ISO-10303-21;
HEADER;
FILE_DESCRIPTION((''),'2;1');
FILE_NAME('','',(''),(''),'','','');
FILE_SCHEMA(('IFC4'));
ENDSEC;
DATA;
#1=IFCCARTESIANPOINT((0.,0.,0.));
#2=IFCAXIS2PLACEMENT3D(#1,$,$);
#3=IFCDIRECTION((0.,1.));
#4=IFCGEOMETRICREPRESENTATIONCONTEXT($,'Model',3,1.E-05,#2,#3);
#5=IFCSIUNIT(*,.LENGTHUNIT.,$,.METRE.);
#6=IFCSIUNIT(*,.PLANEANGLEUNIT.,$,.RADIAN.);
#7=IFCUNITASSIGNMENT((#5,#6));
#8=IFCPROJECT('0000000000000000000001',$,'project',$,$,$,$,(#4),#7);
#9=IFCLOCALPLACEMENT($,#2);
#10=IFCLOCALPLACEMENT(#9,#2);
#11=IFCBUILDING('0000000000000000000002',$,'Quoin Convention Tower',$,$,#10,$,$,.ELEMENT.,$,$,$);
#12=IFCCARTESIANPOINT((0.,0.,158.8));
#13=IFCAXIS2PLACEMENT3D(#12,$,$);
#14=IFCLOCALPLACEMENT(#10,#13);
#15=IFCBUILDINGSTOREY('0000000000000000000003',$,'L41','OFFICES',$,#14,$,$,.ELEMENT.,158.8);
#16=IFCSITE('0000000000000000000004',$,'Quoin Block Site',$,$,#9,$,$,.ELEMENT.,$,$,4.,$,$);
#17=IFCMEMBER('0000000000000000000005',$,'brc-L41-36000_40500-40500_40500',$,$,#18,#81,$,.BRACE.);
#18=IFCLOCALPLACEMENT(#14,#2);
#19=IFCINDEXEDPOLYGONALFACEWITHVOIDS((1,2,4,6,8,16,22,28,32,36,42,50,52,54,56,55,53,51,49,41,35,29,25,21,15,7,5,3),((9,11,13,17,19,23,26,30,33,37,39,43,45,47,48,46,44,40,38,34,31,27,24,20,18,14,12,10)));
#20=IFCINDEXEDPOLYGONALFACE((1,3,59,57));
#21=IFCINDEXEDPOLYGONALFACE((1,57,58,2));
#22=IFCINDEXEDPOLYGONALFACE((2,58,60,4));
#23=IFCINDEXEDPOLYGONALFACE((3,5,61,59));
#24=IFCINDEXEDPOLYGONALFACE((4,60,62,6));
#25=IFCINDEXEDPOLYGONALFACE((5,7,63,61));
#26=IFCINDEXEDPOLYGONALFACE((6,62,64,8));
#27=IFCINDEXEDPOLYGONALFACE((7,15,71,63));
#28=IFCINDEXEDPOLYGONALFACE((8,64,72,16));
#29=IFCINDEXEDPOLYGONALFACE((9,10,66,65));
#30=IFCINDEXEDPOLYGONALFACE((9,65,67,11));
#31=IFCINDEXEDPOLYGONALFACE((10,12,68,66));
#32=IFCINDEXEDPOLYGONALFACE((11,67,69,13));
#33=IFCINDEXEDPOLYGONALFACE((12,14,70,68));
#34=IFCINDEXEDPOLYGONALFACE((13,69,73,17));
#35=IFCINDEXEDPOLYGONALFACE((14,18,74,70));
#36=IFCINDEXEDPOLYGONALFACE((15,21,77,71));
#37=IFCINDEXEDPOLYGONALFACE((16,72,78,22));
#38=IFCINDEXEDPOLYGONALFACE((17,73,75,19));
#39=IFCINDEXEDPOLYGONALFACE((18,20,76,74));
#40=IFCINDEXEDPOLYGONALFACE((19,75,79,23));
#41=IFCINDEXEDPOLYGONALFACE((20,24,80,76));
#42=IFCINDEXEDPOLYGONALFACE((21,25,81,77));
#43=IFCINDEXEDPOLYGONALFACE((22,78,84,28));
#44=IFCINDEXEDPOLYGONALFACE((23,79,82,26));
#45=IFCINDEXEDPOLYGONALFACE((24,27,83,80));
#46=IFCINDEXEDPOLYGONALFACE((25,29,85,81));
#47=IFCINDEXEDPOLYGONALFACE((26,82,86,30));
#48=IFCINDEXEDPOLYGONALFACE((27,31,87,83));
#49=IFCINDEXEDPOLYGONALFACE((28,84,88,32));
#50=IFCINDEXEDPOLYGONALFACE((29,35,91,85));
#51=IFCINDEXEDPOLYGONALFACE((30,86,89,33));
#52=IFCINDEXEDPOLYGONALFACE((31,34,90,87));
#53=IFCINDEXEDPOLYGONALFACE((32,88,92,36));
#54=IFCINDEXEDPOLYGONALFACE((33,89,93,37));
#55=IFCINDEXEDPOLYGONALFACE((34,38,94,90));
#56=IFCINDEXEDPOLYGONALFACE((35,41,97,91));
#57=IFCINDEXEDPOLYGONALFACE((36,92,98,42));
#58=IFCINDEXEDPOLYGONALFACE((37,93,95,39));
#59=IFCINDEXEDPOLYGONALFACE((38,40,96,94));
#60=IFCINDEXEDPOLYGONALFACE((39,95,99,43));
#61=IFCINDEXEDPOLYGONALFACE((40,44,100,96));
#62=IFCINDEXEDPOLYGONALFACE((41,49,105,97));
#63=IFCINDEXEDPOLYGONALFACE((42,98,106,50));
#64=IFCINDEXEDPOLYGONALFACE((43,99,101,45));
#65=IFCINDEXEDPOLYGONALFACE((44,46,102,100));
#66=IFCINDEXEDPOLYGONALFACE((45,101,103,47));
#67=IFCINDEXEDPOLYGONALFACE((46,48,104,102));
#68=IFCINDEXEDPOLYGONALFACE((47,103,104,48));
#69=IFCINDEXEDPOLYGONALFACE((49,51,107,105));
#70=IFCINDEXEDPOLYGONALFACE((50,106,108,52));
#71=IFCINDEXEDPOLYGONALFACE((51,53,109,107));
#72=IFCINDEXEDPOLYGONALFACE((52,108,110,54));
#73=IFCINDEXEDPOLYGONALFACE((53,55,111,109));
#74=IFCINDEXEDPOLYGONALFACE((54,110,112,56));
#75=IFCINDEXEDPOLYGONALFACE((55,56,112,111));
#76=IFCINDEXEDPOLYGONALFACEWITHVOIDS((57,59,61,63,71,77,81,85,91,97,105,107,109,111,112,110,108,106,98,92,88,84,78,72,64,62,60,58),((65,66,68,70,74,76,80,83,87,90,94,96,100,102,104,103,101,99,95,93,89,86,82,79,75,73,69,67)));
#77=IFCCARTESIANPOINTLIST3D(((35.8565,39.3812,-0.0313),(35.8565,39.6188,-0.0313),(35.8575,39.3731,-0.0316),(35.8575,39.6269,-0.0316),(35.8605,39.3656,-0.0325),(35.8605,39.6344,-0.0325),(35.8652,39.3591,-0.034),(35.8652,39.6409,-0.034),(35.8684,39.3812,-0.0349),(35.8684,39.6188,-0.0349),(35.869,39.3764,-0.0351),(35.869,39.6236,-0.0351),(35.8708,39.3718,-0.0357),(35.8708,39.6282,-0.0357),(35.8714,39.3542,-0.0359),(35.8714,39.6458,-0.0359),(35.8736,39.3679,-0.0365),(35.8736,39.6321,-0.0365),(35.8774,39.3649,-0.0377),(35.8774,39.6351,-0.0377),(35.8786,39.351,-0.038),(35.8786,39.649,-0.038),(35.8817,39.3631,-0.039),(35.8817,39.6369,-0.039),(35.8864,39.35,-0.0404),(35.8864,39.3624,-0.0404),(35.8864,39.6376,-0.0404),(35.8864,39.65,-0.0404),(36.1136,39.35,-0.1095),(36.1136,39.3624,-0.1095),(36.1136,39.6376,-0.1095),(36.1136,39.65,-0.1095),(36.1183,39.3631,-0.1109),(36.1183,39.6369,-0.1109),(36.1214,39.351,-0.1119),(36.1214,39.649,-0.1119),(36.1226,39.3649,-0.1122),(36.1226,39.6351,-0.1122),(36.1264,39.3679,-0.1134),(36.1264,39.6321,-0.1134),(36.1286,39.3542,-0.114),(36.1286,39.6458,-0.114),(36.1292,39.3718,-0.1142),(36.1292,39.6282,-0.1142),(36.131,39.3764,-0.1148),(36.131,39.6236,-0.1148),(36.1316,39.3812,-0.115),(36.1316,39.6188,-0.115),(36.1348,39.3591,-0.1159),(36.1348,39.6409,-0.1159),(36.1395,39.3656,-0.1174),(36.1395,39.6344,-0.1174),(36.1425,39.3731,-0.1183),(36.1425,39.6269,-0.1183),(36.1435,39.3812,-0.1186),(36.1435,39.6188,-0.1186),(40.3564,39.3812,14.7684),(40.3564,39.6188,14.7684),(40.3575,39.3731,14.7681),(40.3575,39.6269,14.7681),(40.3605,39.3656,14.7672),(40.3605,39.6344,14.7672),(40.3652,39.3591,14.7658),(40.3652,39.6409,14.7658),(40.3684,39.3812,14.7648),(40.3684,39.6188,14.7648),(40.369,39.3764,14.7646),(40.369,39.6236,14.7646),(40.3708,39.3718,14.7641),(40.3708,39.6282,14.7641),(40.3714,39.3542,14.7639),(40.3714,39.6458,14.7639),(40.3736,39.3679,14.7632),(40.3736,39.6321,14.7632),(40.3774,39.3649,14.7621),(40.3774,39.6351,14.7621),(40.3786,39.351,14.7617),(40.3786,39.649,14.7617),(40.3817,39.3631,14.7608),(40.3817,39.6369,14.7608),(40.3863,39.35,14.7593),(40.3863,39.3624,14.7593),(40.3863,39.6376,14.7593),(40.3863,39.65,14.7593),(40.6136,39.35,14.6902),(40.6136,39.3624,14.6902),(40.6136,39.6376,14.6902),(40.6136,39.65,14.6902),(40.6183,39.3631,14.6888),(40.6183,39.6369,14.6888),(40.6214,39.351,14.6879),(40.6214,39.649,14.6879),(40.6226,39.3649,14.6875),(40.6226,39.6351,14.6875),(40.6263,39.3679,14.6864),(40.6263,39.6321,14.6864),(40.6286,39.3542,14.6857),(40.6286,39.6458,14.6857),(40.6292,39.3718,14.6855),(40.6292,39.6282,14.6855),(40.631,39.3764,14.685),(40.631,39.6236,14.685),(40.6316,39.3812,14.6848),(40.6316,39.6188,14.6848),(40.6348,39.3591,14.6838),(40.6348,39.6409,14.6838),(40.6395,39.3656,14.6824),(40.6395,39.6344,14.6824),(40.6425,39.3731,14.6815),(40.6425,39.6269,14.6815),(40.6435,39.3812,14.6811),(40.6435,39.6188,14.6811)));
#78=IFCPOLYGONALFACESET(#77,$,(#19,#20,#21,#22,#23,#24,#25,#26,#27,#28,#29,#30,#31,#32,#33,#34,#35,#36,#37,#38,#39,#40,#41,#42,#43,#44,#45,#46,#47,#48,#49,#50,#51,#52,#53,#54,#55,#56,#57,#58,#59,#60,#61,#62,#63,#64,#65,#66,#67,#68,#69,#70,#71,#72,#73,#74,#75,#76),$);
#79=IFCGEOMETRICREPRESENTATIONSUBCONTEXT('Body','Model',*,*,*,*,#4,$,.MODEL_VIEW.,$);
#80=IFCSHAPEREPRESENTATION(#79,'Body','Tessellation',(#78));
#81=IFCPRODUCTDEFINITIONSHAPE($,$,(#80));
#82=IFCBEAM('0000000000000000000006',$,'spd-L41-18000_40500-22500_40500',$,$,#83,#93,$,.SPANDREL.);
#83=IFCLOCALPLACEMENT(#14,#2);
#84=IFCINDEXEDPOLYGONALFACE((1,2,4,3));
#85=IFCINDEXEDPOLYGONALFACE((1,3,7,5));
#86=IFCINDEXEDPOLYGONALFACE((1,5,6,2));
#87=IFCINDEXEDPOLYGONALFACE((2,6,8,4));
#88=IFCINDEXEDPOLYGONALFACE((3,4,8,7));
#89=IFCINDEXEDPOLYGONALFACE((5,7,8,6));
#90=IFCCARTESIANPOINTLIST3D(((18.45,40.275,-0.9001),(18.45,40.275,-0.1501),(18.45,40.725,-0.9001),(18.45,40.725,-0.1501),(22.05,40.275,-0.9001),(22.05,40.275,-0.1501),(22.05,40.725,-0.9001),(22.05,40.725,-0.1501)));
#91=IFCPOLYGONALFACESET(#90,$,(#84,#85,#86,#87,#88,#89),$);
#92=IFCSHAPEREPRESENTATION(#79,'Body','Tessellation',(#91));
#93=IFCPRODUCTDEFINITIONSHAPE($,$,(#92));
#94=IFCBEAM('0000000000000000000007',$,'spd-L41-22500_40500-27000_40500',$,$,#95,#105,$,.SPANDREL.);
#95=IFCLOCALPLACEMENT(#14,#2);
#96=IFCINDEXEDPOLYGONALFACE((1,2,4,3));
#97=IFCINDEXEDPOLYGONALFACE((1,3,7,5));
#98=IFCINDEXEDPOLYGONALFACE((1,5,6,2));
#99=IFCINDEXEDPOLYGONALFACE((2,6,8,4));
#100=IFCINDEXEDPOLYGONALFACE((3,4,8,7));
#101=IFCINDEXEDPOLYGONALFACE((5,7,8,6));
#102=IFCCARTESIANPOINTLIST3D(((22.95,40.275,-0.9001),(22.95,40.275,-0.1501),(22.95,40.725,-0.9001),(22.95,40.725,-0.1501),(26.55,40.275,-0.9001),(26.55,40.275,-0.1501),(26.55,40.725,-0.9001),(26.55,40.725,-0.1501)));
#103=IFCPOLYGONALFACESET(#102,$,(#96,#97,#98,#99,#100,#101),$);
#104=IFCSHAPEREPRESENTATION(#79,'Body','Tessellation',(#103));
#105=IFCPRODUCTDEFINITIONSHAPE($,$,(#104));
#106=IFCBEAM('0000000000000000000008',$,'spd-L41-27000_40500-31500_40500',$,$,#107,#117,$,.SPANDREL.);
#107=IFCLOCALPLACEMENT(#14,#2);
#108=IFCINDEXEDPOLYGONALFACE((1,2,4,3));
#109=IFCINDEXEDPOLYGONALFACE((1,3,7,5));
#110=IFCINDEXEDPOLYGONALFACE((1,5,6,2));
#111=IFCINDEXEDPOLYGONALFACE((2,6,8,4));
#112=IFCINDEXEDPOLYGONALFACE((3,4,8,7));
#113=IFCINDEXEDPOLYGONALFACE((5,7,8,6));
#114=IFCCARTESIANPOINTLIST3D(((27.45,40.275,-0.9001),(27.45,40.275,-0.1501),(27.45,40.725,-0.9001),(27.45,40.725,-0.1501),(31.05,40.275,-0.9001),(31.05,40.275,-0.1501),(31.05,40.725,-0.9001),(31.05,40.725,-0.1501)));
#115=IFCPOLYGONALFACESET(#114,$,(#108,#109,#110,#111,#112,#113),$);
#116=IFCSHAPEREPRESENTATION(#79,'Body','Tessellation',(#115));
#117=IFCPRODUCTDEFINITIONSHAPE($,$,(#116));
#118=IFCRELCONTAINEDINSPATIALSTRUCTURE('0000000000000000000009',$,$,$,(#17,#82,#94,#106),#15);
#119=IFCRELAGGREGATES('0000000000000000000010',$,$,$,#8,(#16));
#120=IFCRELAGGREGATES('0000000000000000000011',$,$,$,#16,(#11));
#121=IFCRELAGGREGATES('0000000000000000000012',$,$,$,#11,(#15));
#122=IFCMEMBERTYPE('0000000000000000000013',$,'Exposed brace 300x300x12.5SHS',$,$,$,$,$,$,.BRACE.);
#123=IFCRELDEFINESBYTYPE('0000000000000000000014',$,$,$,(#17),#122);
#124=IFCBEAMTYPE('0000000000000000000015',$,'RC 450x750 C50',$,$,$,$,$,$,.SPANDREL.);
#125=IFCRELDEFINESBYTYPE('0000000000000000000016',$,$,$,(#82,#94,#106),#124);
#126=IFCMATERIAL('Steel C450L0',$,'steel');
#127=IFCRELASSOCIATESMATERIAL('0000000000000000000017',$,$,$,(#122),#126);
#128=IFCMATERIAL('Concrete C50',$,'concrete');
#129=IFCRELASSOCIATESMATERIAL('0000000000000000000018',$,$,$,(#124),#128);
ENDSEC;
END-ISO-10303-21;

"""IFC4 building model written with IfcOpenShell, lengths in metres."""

from ifc_helpers import new_model, si_unit, direction, frame, origin, origin_2d, place, context, subcontext, project, spatial, rectangle, hollow_rectangle, extrude, material, material_profile, profile_set, type_object, element, save


model = new_model("IFC4")

# Units and contexts
model_context = context("Model", 3, precision=1e-05, world=origin(), true_north=direction((0.0, 1.0)))
body_context = subcontext(model_context, "Body", "Model", "MODEL_VIEW")
ifc_project = project(units=[si_unit("LENGTHUNIT", "METRE"), si_unit("PLANEANGLEUNIT", "RADIAN")], contexts=[model_context])

# Site, building, storey
site_placement = place(None, origin())
site = spatial("IfcSite", under=ifc_project, at=site_placement, Name="Quoin Block Site", CompositionType="ELEMENT", RefElevation=4.0)
building_placement = place(site_placement, origin())
building = spatial("IfcBuilding", under=site, at=building_placement, Name="Quoin Convention Tower", CompositionType="ELEMENT")
storey_placement = place(building_placement, frame((0.0, 0.0, 158.8)))
storey = spatial("IfcBuildingStorey", under=building, at=storey_placement, Name="L41", Description="OFFICES", CompositionType="ELEMENT", Elevation=158.8)

# Shared definitions
ifc_material_1 = material(Name="Concrete C50", Category="concrete")

# Member
ifc_material_2 = material(Name="Steel C450L0", Category="steel")
ifc_material_profile_1 = material_profile(ifc_material_2, hollow_rectangle(XDim=0.3, YDim=0.3, WallThickness=0.0125, InnerFilletRadius=0.0188, OuterFilletRadius=0.0312, at=origin_2d()), Name="300x300x12.5SHS")
ifc_profile_set_1 = profile_set([ifc_material_profile_1], Name="Steel C450L0")
member_type = type_object("IfcMemberType", Name="Exposed brace 300x300x12.5SHS", PredefinedType="BRACE", material=ifc_profile_set_1)
for number, where, z_axis, x_axis, name in (
    (1, (36.0, 39.5, -0.075), (0.290908, 0.0, 0.956751), (0.0, 1.0, 0.0), "brc-L41-36000_40500-40500_40500"),
):
    element("IfcMember", number, at=place(storey_placement, frame(where, z_axis=z_axis, x_axis=x_axis)), inside=storey, type_object=member_type, Name=name, PredefinedType="BRACE", context=body_context, shape_type="SweptSolid", body=[
        extrude(hollow_rectangle(XDim=0.3, YDim=0.3, WallThickness=0.0125, InnerFilletRadius=0.0188, OuterFilletRadius=0.0312, at=origin_2d()), origin(), (0.0, 0.0, 1.0), 15.4688),
    ])

# Beams
ifc_material_profile_2 = material_profile(ifc_material_1, rectangle(XDim=0.45, YDim=0.75, at=origin_2d()), Name="RC 450x750")
ifc_profile_set_2 = profile_set([ifc_material_profile_2], Name="Concrete C50")
beam_type = type_object("IfcBeamType", Name="RC 450x750 C50", PredefinedType="SPANDREL", material=ifc_profile_set_2)
for number, where, z_axis, x_axis, name in (
    (2, (18.45, 40.5, -0.5251), (1.0, 0.0, 0.0), (0.0, 1.0, 0.0), "spd-L41-18000_40500-22500_40500"),
    (3, (22.95, 40.5, -0.5251), (1.0, 0.0, 0.0), (0.0, 1.0, 0.0), "spd-L41-22500_40500-27000_40500"),
    (4, (27.45, 40.5, -0.5251), (1.0, 0.0, 0.0), (0.0, 1.0, 0.0), "spd-L41-27000_40500-31500_40500"),
):
    element("IfcBeam", number, at=place(storey_placement, frame(where, z_axis=z_axis, x_axis=x_axis)), inside=storey, type_object=beam_type, Name=name, PredefinedType="SPANDREL", context=body_context, shape_type="SweptSolid", body=[
        extrude(rectangle(XDim=0.45, YDim=0.75, at=origin_2d()), origin(), (0.0, 0.0, 1.0), 3.6001),
    ])

save(model, "model.ifc")
